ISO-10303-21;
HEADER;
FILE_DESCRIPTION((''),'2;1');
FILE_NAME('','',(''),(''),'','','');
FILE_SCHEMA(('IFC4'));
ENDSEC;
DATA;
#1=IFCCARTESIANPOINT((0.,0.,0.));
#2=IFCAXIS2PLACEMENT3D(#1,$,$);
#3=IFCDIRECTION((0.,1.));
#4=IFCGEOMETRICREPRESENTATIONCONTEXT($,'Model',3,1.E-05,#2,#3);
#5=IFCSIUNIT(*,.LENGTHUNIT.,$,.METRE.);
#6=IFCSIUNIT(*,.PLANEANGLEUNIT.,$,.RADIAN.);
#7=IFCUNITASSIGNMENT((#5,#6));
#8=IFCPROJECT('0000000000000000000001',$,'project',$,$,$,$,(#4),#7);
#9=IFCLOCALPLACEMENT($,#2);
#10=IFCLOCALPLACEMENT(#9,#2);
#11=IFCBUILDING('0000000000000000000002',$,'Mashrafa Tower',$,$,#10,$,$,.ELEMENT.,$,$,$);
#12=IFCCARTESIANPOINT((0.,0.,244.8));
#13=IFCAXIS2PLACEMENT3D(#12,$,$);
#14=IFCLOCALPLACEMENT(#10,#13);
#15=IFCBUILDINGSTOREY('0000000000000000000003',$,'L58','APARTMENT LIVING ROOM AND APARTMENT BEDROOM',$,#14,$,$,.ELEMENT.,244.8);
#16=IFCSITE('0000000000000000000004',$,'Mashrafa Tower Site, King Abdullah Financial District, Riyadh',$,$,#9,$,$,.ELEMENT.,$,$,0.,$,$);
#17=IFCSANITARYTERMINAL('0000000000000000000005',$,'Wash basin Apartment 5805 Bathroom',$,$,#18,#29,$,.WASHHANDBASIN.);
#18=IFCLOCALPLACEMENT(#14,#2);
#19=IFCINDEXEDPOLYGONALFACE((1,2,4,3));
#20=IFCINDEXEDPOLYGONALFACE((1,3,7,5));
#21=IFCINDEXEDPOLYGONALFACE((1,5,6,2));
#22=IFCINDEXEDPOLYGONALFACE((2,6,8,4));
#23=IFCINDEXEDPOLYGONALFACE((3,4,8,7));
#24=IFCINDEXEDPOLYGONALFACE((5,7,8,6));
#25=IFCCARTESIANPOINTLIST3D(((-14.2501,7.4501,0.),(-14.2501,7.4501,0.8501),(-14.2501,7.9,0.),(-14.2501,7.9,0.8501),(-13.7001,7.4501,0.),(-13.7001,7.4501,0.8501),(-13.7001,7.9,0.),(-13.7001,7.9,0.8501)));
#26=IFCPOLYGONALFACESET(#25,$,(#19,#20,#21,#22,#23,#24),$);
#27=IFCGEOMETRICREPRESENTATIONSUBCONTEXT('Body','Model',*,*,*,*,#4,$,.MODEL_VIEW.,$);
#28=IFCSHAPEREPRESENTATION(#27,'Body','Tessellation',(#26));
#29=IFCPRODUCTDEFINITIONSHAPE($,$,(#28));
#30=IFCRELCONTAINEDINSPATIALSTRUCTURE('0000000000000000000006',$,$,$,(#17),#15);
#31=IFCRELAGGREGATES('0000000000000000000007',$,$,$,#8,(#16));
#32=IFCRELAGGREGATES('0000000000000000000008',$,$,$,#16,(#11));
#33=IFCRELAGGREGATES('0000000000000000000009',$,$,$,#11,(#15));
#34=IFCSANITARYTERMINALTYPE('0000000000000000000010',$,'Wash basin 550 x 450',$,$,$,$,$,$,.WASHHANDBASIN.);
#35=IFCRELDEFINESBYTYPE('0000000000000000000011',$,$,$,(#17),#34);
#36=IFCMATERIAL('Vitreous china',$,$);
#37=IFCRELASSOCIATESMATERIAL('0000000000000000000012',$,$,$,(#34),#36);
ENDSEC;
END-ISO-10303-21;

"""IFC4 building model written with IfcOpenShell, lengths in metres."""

from ifc_helpers import new_model, si_unit, direction, frame, origin, origin_2d, place, context, subcontext, project, spatial, rectangle, extrude, material, type_object, element, save


model = new_model("IFC4")

# Units and contexts
model_context = context("Model", 3, precision=1e-05, world=origin(), true_north=direction((0.0, 1.0)))
body_context = subcontext(model_context, "Body", "Model", "MODEL_VIEW")
ifc_project = project(units=[si_unit("LENGTHUNIT", "METRE"), si_unit("PLANEANGLEUNIT", "RADIAN")], contexts=[model_context])

# Site, building, storey
site_placement = place(None, origin())
site = spatial("IfcSite", under=ifc_project, at=site_placement, Name="Mashrafa Tower Site, King Abdullah Financial District, Riyadh", CompositionType="ELEMENT", RefElevation=0.0)
building_placement = place(site_placement, origin())
building = spatial("IfcBuilding", under=site, at=building_placement, Name="Mashrafa Tower", CompositionType="ELEMENT")
storey_placement = place(building_placement, frame((0.0, 0.0, 244.8)))
storey = spatial("IfcBuildingStorey", under=building, at=storey_placement, Name="L58", Description="APARTMENT LIVING ROOM AND APARTMENT BEDROOM", CompositionType="ELEMENT", Elevation=244.8)

# Sanitary terminal
ifc_material_1 = material(Name="Vitreous china")
sanitary_terminal_type_1 = type_object("IfcSanitaryTerminalType", Name="Wash basin 550 x 450", PredefinedType="WASHHANDBASIN", material=ifc_material_1)
sanitary_terminal_1_placement = place(storey_placement, frame((-13.9751, 7.675, 0.0), z_axis=(0.0, 0.0, 1.0), x_axis=(1.0, 0.0, 0.0)))
element("IfcSanitaryTerminal", 1, at=sanitary_terminal_1_placement, inside=storey, type_object=sanitary_terminal_type_1, Name="Wash basin Apartment 5805 Bathroom", PredefinedType="WASHHANDBASIN", context=body_context, shape_type="SweptSolid", body=[
    extrude(rectangle(XDim=0.55, YDim=0.45, at=origin_2d()), origin(), (0.0, 0.0, 1.0), 0.8501),
])

save(model, "model.ifc")
